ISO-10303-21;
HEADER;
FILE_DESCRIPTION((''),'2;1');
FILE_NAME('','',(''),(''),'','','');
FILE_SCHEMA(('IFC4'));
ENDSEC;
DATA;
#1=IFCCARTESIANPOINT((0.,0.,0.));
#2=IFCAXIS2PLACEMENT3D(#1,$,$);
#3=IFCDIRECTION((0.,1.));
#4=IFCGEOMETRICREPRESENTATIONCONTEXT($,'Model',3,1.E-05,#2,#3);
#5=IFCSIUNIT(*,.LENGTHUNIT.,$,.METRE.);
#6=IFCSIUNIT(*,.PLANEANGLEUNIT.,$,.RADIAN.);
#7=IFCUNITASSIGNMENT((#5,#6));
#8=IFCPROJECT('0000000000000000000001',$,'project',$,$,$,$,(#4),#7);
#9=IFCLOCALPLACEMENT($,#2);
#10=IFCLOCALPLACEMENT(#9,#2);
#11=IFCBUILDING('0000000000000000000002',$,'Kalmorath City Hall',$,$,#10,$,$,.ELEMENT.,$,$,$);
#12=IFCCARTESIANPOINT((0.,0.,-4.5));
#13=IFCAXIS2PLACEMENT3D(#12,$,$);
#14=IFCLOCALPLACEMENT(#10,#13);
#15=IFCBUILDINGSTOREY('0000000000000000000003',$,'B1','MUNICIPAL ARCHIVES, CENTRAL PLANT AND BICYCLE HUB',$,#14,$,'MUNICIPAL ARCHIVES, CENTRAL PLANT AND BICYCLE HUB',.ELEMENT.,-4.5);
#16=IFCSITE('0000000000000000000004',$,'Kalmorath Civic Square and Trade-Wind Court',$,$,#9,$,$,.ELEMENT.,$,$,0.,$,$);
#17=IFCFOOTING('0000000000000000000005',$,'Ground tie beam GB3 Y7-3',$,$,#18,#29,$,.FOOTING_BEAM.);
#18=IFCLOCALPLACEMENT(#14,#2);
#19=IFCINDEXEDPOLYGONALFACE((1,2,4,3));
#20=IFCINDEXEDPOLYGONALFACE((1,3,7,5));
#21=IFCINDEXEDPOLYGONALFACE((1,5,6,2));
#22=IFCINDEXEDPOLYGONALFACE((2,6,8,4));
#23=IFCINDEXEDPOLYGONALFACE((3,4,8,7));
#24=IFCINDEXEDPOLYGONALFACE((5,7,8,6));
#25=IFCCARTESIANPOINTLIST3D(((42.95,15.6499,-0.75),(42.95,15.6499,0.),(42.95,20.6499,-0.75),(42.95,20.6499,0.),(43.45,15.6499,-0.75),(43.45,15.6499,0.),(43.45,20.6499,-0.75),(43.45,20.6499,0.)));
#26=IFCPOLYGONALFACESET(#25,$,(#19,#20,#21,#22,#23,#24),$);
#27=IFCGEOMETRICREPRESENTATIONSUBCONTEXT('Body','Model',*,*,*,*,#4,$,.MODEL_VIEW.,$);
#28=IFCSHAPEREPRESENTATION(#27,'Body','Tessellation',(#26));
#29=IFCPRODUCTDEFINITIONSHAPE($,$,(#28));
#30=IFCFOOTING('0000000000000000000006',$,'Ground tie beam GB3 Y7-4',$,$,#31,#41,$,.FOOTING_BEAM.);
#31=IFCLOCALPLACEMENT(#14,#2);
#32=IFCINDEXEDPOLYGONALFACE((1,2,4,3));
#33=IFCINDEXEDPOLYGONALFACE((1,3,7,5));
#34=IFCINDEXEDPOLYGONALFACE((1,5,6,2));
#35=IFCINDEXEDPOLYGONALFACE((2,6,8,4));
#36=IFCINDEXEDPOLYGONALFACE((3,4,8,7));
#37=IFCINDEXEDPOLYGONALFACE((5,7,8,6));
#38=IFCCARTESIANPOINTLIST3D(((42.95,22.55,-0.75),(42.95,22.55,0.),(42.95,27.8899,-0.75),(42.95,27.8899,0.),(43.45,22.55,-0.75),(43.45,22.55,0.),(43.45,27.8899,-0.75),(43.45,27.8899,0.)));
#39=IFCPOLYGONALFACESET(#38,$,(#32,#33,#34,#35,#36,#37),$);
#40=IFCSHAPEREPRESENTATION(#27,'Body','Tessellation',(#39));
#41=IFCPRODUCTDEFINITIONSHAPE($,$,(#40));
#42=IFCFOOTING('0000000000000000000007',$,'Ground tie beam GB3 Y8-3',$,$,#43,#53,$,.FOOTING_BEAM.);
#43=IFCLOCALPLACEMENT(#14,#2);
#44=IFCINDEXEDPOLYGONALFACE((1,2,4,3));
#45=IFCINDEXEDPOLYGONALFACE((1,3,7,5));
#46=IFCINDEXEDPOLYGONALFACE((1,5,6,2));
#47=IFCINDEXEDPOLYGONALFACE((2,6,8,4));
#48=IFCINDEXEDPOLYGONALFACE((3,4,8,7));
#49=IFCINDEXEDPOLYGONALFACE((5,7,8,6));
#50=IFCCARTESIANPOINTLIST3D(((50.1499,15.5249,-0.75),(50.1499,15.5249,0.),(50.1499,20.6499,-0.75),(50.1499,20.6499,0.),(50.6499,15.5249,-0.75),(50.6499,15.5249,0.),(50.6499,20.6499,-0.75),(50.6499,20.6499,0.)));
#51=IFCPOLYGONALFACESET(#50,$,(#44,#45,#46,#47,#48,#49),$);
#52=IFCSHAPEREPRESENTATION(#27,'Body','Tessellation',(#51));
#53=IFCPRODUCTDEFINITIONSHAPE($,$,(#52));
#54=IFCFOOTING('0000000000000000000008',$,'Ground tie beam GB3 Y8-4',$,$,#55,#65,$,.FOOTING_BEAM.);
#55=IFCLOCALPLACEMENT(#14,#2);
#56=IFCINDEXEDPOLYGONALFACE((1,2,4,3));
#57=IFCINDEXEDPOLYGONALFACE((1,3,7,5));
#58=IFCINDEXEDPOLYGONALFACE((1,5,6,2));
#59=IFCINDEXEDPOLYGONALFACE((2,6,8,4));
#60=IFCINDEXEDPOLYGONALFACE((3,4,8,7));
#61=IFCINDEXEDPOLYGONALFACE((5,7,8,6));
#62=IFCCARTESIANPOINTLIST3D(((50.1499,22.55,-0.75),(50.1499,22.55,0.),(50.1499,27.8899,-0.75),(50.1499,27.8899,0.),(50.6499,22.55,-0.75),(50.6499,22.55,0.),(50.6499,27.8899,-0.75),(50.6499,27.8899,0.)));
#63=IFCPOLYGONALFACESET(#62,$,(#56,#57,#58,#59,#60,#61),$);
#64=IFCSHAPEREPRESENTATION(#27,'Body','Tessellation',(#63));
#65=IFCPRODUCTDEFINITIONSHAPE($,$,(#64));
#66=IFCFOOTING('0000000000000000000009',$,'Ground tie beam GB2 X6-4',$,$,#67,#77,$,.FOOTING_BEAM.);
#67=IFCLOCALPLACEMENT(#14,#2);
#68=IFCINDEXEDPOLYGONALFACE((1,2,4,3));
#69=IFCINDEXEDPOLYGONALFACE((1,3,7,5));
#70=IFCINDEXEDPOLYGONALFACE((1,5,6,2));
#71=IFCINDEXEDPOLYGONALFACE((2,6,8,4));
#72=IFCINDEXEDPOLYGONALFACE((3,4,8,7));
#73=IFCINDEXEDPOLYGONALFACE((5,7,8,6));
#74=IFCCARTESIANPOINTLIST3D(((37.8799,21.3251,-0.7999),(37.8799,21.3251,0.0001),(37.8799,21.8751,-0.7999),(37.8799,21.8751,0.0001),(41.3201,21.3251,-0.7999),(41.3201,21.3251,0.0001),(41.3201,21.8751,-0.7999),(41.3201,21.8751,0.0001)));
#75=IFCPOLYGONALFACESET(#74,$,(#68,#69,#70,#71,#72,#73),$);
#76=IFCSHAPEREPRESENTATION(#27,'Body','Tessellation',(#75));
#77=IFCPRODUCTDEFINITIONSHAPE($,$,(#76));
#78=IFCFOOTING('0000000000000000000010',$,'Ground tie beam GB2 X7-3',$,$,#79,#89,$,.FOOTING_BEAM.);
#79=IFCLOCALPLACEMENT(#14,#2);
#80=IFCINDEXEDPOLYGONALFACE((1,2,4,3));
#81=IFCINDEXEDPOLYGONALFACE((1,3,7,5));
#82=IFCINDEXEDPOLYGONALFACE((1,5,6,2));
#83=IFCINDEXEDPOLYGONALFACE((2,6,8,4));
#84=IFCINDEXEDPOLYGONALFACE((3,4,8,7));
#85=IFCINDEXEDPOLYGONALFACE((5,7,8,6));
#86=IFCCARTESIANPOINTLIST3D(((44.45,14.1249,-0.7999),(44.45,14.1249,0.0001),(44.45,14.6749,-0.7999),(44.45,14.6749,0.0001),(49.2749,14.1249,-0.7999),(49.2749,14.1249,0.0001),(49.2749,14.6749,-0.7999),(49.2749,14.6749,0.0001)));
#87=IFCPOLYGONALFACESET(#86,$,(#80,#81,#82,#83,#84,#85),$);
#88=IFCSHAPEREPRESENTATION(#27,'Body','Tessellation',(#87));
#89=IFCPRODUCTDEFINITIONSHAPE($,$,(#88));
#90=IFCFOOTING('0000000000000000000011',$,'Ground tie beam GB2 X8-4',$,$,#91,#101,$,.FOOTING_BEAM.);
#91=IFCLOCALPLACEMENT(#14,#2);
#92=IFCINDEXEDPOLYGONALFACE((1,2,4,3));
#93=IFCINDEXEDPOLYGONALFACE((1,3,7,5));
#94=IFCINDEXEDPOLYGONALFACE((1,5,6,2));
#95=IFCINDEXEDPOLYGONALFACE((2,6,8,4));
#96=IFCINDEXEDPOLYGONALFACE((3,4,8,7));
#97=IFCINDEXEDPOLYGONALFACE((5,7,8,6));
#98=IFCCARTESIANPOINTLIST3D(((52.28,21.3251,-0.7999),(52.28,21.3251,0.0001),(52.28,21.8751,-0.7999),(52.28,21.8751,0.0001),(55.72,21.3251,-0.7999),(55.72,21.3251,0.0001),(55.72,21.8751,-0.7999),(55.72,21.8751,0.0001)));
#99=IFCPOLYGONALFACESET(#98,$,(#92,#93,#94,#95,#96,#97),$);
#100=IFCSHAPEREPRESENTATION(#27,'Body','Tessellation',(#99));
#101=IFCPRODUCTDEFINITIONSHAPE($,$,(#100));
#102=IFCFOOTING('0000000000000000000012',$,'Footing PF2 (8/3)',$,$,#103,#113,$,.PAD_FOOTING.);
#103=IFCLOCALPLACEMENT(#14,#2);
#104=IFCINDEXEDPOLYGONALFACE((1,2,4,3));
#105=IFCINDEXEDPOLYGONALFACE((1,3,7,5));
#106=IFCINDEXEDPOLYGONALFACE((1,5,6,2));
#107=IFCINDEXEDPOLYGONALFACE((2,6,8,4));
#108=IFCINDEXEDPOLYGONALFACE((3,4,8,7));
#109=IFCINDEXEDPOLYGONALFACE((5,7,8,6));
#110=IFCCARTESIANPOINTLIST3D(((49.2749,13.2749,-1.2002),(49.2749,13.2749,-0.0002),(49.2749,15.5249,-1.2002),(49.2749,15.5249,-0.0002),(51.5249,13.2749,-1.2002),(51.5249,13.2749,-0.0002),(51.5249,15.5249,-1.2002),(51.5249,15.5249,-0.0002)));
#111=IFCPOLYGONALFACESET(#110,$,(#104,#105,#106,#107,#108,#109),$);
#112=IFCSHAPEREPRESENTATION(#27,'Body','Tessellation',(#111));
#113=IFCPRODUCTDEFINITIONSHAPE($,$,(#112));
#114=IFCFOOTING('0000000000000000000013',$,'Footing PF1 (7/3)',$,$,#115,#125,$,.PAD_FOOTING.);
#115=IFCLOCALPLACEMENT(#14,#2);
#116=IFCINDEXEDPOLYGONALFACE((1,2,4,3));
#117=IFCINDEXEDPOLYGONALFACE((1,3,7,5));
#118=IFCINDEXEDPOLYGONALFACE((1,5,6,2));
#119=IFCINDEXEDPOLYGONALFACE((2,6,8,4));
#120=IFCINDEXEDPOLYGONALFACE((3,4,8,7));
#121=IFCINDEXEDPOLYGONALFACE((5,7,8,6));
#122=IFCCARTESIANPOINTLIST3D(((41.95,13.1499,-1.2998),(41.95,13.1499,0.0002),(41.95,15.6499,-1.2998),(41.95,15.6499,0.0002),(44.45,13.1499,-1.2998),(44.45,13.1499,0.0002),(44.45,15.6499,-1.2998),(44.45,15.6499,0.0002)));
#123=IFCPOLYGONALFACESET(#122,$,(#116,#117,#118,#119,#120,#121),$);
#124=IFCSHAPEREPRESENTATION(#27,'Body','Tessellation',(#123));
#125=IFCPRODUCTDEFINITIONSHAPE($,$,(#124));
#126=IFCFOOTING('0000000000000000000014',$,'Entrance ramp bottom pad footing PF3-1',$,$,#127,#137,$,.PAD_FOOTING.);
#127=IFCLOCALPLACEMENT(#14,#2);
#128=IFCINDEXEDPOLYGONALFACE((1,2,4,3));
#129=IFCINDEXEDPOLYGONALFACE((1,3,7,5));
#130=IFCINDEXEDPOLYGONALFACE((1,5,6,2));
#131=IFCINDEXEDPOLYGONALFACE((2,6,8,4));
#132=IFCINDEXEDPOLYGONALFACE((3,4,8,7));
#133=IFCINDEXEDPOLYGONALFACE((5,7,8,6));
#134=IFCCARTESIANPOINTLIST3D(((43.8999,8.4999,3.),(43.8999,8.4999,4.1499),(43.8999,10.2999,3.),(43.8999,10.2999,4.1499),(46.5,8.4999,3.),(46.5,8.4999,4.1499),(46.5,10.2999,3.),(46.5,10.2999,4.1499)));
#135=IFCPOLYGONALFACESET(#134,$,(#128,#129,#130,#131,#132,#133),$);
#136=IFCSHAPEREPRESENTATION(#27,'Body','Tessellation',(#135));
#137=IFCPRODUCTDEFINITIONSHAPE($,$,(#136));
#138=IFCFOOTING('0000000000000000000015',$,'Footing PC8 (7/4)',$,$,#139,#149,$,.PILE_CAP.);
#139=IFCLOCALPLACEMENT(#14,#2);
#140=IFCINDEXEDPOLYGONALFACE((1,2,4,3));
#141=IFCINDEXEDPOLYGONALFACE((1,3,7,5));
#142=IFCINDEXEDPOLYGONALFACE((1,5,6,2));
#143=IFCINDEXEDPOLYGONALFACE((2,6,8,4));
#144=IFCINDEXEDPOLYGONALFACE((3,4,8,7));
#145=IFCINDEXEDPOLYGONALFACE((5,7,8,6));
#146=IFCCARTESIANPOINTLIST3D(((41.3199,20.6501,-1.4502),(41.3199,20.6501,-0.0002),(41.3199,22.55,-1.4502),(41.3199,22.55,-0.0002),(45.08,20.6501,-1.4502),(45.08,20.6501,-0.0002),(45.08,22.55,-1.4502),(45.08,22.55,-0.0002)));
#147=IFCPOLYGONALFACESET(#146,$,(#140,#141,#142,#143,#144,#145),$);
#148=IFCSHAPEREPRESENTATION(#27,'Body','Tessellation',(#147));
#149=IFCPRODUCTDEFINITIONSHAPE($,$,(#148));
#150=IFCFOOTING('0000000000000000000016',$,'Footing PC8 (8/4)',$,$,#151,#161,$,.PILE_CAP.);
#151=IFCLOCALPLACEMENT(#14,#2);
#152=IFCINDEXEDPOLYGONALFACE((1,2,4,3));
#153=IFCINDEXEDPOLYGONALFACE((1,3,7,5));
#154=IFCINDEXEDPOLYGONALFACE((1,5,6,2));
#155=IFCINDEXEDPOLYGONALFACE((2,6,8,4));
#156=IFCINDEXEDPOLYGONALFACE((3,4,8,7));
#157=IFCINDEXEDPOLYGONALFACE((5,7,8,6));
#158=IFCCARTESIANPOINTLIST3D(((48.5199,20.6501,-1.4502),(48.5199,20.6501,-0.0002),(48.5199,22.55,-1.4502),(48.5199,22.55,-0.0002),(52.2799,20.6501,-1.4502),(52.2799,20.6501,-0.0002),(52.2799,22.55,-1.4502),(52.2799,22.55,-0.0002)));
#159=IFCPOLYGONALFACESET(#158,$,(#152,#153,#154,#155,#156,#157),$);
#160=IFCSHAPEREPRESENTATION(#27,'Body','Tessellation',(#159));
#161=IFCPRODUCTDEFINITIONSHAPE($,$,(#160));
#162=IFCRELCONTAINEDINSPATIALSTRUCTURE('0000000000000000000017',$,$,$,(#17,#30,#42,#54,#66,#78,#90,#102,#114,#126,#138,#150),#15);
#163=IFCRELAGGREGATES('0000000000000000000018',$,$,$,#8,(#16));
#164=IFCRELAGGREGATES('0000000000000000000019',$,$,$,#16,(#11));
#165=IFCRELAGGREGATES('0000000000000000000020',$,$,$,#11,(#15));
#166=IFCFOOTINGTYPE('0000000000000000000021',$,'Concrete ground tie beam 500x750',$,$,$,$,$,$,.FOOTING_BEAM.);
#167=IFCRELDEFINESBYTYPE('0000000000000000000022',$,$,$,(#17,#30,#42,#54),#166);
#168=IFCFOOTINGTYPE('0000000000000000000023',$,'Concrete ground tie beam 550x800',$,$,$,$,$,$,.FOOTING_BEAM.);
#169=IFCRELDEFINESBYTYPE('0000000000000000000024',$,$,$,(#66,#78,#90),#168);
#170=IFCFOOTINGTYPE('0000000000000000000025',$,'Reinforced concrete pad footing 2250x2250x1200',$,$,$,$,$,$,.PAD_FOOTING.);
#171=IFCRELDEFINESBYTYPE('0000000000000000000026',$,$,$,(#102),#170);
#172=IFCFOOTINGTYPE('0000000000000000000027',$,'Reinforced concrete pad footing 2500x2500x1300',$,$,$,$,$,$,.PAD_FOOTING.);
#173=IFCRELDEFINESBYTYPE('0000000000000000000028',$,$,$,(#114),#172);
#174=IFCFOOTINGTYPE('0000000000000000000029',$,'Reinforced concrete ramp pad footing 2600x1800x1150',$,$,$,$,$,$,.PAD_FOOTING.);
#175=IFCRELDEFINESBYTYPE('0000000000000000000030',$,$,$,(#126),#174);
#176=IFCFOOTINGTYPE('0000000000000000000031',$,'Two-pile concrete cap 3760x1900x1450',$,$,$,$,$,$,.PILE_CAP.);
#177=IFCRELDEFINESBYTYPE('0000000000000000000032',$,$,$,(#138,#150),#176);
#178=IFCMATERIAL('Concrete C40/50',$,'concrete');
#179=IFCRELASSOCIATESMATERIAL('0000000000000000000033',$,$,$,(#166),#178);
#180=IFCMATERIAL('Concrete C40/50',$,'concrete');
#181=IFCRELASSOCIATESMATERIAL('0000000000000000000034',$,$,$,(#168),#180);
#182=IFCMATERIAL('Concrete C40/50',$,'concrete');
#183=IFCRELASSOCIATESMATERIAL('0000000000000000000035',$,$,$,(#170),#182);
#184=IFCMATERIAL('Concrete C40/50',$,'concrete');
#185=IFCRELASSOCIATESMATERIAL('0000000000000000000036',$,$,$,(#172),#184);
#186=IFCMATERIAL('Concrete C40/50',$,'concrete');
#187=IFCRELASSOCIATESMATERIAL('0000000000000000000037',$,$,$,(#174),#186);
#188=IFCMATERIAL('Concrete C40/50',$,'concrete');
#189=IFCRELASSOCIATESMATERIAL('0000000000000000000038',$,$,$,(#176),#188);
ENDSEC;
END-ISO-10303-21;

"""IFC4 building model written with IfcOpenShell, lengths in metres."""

from ifc_helpers import new_model, si_unit, direction, frame, origin, origin_2d, place, context, subcontext, project, spatial, rectangle, extrude, material, material_profile, profile_set, type_object, element, save


model = new_model("IFC4")

# Units and contexts
model_context = context("Model", 3, precision=1e-05, world=origin(), true_north=direction((0.0, 1.0)))
body_context = subcontext(model_context, "Body", "Model", "MODEL_VIEW")
ifc_project = project(units=[si_unit("LENGTHUNIT", "METRE"), si_unit("PLANEANGLEUNIT", "RADIAN")], contexts=[model_context])

# Site, building, storey
site_placement = place(None, origin())
site = spatial("IfcSite", under=ifc_project, at=site_placement, Name="Kalmorath Civic Square and Trade-Wind Court", CompositionType="ELEMENT", RefElevation=0.0)
building_placement = place(site_placement, origin())
building = spatial("IfcBuilding", under=site, at=building_placement, Name="Kalmorath City Hall", CompositionType="ELEMENT")
storey_placement = place(building_placement, frame((0.0, 0.0, -4.5)))
storey = spatial("IfcBuildingStorey", under=building, at=storey_placement, Name="B1", Description="MUNICIPAL ARCHIVES, CENTRAL PLANT AND BICYCLE HUB", LongName="MUNICIPAL ARCHIVES, CENTRAL PLANT AND BICYCLE HUB", CompositionType="ELEMENT", Elevation=-4.5)

# Footings
ifc_material_1 = material(Name="Concrete C40/50", Category="concrete")
ifc_material_profile_1 = material_profile(ifc_material_1, rectangle(XDim=0.5, YDim=0.75, at=origin_2d()), Name="RC-BM-500X750")
ifc_profile_set_1 = profile_set([ifc_material_profile_1], Name="Concrete C40/50")
footing_type_1 = type_object("IfcFootingType", Name="Concrete ground tie beam 500x750", PredefinedType="FOOTING_BEAM", material=ifc_profile_set_1)
footing_1_placement = place(storey_placement, frame((43.2, 15.6499, -0.375), z_axis=(0.0, 1.0, 0.0), x_axis=(-1.0, 0.0, 0.0)))
element("IfcFooting", 1, at=footing_1_placement, inside=storey, type_object=footing_type_1, Name="Ground tie beam GB3 Y7-3", PredefinedType="FOOTING_BEAM", context=body_context, shape_type="SweptSolid", body=[
    extrude(rectangle(XDim=0.5, YDim=0.75, at=origin_2d()), origin(), (0.0, 0.0, 1.0), 5.0),
])
footing_2_placement = place(storey_placement, frame((43.2, 22.55, -0.375), z_axis=(0.0, 1.0, 0.0), x_axis=(-1.0, 0.0, 0.0)))
element("IfcFooting", 2, at=footing_2_placement, inside=storey, type_object=footing_type_1, Name="Ground tie beam GB3 Y7-4", PredefinedType="FOOTING_BEAM", context=body_context, shape_type="SweptSolid", body=[
    extrude(rectangle(XDim=0.5, YDim=0.75, at=origin_2d()), origin(), (0.0, 0.0, 1.0), 5.3398),
])
footing_3_placement = place(storey_placement, frame((50.3999, 15.5249, -0.375), z_axis=(0.0, 1.0, 0.0), x_axis=(-1.0, 0.0, 0.0)))
element("IfcFooting", 3, at=footing_3_placement, inside=storey, type_object=footing_type_1, Name="Ground tie beam GB3 Y8-3", PredefinedType="FOOTING_BEAM", context=body_context, shape_type="SweptSolid", body=[
    extrude(rectangle(XDim=0.5, YDim=0.75, at=origin_2d()), origin(), (0.0, 0.0, 1.0), 5.125),
])
footing_4_placement = place(storey_placement, frame((50.3999, 22.55, -0.375), z_axis=(0.0, 1.0, 0.0), x_axis=(-1.0, 0.0, 0.0)))
element("IfcFooting", 4, at=footing_4_placement, inside=storey, type_object=footing_type_1, Name="Ground tie beam GB3 Y8-4", PredefinedType="FOOTING_BEAM", context=body_context, shape_type="SweptSolid", body=[
    extrude(rectangle(XDim=0.5, YDim=0.75, at=origin_2d()), origin(), (0.0, 0.0, 1.0), 5.3398),
])
ifc_material_2 = material(Name="Concrete C40/50", Category="concrete")
ifc_material_profile_2 = material_profile(ifc_material_2, rectangle(XDim=0.55, YDim=0.8, at=origin_2d()), Name="RC-BM-550X800")
ifc_profile_set_2 = profile_set([ifc_material_profile_2], Name="Concrete C40/50")
footing_type_2 = type_object("IfcFootingType", Name="Concrete ground tie beam 550x800", PredefinedType="FOOTING_BEAM", material=ifc_profile_set_2)
footing_5_placement = place(storey_placement, frame((37.8799, 21.6001, -0.3999), z_axis=(1.0, 0.0, 0.0), x_axis=(0.0, 1.0, 0.0)))
element("IfcFooting", 5, at=footing_5_placement, inside=storey, type_object=footing_type_2, Name="Ground tie beam GB2 X6-4", PredefinedType="FOOTING_BEAM", context=body_context, shape_type="SweptSolid", body=[
    extrude(rectangle(XDim=0.55, YDim=0.8, at=origin_2d()), origin(), (0.0, 0.0, 1.0), 3.4402),
])
footing_6_placement = place(storey_placement, frame((44.45, 14.3999, -0.3999), z_axis=(1.0, 0.0, 0.0), x_axis=(0.0, 1.0, 0.0)))
element("IfcFooting", 6, at=footing_6_placement, inside=storey, type_object=footing_type_2, Name="Ground tie beam GB2 X7-3", PredefinedType="FOOTING_BEAM", context=body_context, shape_type="SweptSolid", body=[
    extrude(rectangle(XDim=0.55, YDim=0.8, at=origin_2d()), origin(), (0.0, 0.0, 1.0), 4.825),
])
footing_7_placement = place(storey_placement, frame((52.28, 21.6001, -0.3999), z_axis=(1.0, 0.0, 0.0), x_axis=(0.0, 1.0, 0.0)))
element("IfcFooting", 7, at=footing_7_placement, inside=storey, type_object=footing_type_2, Name="Ground tie beam GB2 X8-4", PredefinedType="FOOTING_BEAM", context=body_context, shape_type="SweptSolid", body=[
    extrude(rectangle(XDim=0.55, YDim=0.8, at=origin_2d()), origin(), (0.0, 0.0, 1.0), 3.4399),
])
ifc_material_3 = material(Name="Concrete C40/50", Category="concrete")
footing_type_3 = type_object("IfcFootingType", Name="Reinforced concrete pad footing 2250x2250x1200", PredefinedType="PAD_FOOTING", material=ifc_material_3)
footing_8_placement = place(storey_placement, frame((50.3999, 14.3999, -1.2002), z_axis=(0.0, 0.0, 1.0), x_axis=(1.0, 0.0, 0.0)))
element("IfcFooting", 8, at=footing_8_placement, inside=storey, type_object=footing_type_3, Name="Footing PF2 (8/3)", PredefinedType="PAD_FOOTING", context=body_context, shape_type="SweptSolid", body=[
    extrude(rectangle(XDim=2.25, YDim=2.25, at=origin_2d()), origin(), (0.0, 0.0, 1.0), 1.2),
])
ifc_material_4 = material(Name="Concrete C40/50", Category="concrete")
footing_type_4 = type_object("IfcFootingType", Name="Reinforced concrete pad footing 2500x2500x1300", PredefinedType="PAD_FOOTING", material=ifc_material_4)
footing_9_placement = place(storey_placement, frame((43.2, 14.3999, -1.2998), z_axis=(0.0, 0.0, 1.0), x_axis=(1.0, 0.0, 0.0)))
element("IfcFooting", 9, at=footing_9_placement, inside=storey, type_object=footing_type_4, Name="Footing PF1 (7/3)", PredefinedType="PAD_FOOTING", context=body_context, shape_type="SweptSolid", body=[
    extrude(rectangle(XDim=2.5, YDim=2.5, at=origin_2d()), origin(), (0.0, 0.0, 1.0), 1.3),
])
ifc_material_5 = material(Name="Concrete C40/50", Category="concrete")
footing_type_5 = type_object("IfcFootingType", Name="Reinforced concrete ramp pad footing 2600x1800x1150", PredefinedType="PAD_FOOTING", material=ifc_material_5)
footing_10_placement = place(storey_placement, frame((45.2, 9.3999, 3.0), z_axis=(0.0, 0.0, 1.0), x_axis=(1.0, 0.0, 0.0)))
element("IfcFooting", 10, at=footing_10_placement, inside=storey, type_object=footing_type_5, Name="Entrance ramp bottom pad footing PF3-1", PredefinedType="PAD_FOOTING", context=body_context, shape_type="SweptSolid", body=[
    extrude(rectangle(XDim=2.6001, YDim=1.8, at=origin_2d()), origin(), (0.0, 0.0, 1.0), 1.1499),
])
ifc_material_6 = material(Name="Concrete C40/50", Category="concrete")
footing_type_6 = type_object("IfcFootingType", Name="Two-pile concrete cap 3760x1900x1450", PredefinedType="PILE_CAP", material=ifc_material_6)
for number, where, z_axis, x_axis, name in (
    (11, (43.2, 21.6001, -1.4502), (0.0, 0.0, 1.0), (1.0, 0.0, 0.0), "Footing PC8 (7/4)"),
    (12, (50.3999, 21.6001, -1.4502), (0.0, 0.0, 1.0), (1.0, 0.0, 0.0), "Footing PC8 (8/4)"),
):
    element("IfcFooting", number, at=place(storey_placement, frame(where, z_axis=z_axis, x_axis=x_axis)), inside=storey, type_object=footing_type_6, Name=name, PredefinedType="PILE_CAP", context=body_context, shape_type="SweptSolid", body=[
        extrude(rectangle(XDim=3.76, YDim=1.8999, at=origin_2d()), origin(), (0.0, 0.0, 1.0), 1.45),
    ])

save(model, "model.ifc")
